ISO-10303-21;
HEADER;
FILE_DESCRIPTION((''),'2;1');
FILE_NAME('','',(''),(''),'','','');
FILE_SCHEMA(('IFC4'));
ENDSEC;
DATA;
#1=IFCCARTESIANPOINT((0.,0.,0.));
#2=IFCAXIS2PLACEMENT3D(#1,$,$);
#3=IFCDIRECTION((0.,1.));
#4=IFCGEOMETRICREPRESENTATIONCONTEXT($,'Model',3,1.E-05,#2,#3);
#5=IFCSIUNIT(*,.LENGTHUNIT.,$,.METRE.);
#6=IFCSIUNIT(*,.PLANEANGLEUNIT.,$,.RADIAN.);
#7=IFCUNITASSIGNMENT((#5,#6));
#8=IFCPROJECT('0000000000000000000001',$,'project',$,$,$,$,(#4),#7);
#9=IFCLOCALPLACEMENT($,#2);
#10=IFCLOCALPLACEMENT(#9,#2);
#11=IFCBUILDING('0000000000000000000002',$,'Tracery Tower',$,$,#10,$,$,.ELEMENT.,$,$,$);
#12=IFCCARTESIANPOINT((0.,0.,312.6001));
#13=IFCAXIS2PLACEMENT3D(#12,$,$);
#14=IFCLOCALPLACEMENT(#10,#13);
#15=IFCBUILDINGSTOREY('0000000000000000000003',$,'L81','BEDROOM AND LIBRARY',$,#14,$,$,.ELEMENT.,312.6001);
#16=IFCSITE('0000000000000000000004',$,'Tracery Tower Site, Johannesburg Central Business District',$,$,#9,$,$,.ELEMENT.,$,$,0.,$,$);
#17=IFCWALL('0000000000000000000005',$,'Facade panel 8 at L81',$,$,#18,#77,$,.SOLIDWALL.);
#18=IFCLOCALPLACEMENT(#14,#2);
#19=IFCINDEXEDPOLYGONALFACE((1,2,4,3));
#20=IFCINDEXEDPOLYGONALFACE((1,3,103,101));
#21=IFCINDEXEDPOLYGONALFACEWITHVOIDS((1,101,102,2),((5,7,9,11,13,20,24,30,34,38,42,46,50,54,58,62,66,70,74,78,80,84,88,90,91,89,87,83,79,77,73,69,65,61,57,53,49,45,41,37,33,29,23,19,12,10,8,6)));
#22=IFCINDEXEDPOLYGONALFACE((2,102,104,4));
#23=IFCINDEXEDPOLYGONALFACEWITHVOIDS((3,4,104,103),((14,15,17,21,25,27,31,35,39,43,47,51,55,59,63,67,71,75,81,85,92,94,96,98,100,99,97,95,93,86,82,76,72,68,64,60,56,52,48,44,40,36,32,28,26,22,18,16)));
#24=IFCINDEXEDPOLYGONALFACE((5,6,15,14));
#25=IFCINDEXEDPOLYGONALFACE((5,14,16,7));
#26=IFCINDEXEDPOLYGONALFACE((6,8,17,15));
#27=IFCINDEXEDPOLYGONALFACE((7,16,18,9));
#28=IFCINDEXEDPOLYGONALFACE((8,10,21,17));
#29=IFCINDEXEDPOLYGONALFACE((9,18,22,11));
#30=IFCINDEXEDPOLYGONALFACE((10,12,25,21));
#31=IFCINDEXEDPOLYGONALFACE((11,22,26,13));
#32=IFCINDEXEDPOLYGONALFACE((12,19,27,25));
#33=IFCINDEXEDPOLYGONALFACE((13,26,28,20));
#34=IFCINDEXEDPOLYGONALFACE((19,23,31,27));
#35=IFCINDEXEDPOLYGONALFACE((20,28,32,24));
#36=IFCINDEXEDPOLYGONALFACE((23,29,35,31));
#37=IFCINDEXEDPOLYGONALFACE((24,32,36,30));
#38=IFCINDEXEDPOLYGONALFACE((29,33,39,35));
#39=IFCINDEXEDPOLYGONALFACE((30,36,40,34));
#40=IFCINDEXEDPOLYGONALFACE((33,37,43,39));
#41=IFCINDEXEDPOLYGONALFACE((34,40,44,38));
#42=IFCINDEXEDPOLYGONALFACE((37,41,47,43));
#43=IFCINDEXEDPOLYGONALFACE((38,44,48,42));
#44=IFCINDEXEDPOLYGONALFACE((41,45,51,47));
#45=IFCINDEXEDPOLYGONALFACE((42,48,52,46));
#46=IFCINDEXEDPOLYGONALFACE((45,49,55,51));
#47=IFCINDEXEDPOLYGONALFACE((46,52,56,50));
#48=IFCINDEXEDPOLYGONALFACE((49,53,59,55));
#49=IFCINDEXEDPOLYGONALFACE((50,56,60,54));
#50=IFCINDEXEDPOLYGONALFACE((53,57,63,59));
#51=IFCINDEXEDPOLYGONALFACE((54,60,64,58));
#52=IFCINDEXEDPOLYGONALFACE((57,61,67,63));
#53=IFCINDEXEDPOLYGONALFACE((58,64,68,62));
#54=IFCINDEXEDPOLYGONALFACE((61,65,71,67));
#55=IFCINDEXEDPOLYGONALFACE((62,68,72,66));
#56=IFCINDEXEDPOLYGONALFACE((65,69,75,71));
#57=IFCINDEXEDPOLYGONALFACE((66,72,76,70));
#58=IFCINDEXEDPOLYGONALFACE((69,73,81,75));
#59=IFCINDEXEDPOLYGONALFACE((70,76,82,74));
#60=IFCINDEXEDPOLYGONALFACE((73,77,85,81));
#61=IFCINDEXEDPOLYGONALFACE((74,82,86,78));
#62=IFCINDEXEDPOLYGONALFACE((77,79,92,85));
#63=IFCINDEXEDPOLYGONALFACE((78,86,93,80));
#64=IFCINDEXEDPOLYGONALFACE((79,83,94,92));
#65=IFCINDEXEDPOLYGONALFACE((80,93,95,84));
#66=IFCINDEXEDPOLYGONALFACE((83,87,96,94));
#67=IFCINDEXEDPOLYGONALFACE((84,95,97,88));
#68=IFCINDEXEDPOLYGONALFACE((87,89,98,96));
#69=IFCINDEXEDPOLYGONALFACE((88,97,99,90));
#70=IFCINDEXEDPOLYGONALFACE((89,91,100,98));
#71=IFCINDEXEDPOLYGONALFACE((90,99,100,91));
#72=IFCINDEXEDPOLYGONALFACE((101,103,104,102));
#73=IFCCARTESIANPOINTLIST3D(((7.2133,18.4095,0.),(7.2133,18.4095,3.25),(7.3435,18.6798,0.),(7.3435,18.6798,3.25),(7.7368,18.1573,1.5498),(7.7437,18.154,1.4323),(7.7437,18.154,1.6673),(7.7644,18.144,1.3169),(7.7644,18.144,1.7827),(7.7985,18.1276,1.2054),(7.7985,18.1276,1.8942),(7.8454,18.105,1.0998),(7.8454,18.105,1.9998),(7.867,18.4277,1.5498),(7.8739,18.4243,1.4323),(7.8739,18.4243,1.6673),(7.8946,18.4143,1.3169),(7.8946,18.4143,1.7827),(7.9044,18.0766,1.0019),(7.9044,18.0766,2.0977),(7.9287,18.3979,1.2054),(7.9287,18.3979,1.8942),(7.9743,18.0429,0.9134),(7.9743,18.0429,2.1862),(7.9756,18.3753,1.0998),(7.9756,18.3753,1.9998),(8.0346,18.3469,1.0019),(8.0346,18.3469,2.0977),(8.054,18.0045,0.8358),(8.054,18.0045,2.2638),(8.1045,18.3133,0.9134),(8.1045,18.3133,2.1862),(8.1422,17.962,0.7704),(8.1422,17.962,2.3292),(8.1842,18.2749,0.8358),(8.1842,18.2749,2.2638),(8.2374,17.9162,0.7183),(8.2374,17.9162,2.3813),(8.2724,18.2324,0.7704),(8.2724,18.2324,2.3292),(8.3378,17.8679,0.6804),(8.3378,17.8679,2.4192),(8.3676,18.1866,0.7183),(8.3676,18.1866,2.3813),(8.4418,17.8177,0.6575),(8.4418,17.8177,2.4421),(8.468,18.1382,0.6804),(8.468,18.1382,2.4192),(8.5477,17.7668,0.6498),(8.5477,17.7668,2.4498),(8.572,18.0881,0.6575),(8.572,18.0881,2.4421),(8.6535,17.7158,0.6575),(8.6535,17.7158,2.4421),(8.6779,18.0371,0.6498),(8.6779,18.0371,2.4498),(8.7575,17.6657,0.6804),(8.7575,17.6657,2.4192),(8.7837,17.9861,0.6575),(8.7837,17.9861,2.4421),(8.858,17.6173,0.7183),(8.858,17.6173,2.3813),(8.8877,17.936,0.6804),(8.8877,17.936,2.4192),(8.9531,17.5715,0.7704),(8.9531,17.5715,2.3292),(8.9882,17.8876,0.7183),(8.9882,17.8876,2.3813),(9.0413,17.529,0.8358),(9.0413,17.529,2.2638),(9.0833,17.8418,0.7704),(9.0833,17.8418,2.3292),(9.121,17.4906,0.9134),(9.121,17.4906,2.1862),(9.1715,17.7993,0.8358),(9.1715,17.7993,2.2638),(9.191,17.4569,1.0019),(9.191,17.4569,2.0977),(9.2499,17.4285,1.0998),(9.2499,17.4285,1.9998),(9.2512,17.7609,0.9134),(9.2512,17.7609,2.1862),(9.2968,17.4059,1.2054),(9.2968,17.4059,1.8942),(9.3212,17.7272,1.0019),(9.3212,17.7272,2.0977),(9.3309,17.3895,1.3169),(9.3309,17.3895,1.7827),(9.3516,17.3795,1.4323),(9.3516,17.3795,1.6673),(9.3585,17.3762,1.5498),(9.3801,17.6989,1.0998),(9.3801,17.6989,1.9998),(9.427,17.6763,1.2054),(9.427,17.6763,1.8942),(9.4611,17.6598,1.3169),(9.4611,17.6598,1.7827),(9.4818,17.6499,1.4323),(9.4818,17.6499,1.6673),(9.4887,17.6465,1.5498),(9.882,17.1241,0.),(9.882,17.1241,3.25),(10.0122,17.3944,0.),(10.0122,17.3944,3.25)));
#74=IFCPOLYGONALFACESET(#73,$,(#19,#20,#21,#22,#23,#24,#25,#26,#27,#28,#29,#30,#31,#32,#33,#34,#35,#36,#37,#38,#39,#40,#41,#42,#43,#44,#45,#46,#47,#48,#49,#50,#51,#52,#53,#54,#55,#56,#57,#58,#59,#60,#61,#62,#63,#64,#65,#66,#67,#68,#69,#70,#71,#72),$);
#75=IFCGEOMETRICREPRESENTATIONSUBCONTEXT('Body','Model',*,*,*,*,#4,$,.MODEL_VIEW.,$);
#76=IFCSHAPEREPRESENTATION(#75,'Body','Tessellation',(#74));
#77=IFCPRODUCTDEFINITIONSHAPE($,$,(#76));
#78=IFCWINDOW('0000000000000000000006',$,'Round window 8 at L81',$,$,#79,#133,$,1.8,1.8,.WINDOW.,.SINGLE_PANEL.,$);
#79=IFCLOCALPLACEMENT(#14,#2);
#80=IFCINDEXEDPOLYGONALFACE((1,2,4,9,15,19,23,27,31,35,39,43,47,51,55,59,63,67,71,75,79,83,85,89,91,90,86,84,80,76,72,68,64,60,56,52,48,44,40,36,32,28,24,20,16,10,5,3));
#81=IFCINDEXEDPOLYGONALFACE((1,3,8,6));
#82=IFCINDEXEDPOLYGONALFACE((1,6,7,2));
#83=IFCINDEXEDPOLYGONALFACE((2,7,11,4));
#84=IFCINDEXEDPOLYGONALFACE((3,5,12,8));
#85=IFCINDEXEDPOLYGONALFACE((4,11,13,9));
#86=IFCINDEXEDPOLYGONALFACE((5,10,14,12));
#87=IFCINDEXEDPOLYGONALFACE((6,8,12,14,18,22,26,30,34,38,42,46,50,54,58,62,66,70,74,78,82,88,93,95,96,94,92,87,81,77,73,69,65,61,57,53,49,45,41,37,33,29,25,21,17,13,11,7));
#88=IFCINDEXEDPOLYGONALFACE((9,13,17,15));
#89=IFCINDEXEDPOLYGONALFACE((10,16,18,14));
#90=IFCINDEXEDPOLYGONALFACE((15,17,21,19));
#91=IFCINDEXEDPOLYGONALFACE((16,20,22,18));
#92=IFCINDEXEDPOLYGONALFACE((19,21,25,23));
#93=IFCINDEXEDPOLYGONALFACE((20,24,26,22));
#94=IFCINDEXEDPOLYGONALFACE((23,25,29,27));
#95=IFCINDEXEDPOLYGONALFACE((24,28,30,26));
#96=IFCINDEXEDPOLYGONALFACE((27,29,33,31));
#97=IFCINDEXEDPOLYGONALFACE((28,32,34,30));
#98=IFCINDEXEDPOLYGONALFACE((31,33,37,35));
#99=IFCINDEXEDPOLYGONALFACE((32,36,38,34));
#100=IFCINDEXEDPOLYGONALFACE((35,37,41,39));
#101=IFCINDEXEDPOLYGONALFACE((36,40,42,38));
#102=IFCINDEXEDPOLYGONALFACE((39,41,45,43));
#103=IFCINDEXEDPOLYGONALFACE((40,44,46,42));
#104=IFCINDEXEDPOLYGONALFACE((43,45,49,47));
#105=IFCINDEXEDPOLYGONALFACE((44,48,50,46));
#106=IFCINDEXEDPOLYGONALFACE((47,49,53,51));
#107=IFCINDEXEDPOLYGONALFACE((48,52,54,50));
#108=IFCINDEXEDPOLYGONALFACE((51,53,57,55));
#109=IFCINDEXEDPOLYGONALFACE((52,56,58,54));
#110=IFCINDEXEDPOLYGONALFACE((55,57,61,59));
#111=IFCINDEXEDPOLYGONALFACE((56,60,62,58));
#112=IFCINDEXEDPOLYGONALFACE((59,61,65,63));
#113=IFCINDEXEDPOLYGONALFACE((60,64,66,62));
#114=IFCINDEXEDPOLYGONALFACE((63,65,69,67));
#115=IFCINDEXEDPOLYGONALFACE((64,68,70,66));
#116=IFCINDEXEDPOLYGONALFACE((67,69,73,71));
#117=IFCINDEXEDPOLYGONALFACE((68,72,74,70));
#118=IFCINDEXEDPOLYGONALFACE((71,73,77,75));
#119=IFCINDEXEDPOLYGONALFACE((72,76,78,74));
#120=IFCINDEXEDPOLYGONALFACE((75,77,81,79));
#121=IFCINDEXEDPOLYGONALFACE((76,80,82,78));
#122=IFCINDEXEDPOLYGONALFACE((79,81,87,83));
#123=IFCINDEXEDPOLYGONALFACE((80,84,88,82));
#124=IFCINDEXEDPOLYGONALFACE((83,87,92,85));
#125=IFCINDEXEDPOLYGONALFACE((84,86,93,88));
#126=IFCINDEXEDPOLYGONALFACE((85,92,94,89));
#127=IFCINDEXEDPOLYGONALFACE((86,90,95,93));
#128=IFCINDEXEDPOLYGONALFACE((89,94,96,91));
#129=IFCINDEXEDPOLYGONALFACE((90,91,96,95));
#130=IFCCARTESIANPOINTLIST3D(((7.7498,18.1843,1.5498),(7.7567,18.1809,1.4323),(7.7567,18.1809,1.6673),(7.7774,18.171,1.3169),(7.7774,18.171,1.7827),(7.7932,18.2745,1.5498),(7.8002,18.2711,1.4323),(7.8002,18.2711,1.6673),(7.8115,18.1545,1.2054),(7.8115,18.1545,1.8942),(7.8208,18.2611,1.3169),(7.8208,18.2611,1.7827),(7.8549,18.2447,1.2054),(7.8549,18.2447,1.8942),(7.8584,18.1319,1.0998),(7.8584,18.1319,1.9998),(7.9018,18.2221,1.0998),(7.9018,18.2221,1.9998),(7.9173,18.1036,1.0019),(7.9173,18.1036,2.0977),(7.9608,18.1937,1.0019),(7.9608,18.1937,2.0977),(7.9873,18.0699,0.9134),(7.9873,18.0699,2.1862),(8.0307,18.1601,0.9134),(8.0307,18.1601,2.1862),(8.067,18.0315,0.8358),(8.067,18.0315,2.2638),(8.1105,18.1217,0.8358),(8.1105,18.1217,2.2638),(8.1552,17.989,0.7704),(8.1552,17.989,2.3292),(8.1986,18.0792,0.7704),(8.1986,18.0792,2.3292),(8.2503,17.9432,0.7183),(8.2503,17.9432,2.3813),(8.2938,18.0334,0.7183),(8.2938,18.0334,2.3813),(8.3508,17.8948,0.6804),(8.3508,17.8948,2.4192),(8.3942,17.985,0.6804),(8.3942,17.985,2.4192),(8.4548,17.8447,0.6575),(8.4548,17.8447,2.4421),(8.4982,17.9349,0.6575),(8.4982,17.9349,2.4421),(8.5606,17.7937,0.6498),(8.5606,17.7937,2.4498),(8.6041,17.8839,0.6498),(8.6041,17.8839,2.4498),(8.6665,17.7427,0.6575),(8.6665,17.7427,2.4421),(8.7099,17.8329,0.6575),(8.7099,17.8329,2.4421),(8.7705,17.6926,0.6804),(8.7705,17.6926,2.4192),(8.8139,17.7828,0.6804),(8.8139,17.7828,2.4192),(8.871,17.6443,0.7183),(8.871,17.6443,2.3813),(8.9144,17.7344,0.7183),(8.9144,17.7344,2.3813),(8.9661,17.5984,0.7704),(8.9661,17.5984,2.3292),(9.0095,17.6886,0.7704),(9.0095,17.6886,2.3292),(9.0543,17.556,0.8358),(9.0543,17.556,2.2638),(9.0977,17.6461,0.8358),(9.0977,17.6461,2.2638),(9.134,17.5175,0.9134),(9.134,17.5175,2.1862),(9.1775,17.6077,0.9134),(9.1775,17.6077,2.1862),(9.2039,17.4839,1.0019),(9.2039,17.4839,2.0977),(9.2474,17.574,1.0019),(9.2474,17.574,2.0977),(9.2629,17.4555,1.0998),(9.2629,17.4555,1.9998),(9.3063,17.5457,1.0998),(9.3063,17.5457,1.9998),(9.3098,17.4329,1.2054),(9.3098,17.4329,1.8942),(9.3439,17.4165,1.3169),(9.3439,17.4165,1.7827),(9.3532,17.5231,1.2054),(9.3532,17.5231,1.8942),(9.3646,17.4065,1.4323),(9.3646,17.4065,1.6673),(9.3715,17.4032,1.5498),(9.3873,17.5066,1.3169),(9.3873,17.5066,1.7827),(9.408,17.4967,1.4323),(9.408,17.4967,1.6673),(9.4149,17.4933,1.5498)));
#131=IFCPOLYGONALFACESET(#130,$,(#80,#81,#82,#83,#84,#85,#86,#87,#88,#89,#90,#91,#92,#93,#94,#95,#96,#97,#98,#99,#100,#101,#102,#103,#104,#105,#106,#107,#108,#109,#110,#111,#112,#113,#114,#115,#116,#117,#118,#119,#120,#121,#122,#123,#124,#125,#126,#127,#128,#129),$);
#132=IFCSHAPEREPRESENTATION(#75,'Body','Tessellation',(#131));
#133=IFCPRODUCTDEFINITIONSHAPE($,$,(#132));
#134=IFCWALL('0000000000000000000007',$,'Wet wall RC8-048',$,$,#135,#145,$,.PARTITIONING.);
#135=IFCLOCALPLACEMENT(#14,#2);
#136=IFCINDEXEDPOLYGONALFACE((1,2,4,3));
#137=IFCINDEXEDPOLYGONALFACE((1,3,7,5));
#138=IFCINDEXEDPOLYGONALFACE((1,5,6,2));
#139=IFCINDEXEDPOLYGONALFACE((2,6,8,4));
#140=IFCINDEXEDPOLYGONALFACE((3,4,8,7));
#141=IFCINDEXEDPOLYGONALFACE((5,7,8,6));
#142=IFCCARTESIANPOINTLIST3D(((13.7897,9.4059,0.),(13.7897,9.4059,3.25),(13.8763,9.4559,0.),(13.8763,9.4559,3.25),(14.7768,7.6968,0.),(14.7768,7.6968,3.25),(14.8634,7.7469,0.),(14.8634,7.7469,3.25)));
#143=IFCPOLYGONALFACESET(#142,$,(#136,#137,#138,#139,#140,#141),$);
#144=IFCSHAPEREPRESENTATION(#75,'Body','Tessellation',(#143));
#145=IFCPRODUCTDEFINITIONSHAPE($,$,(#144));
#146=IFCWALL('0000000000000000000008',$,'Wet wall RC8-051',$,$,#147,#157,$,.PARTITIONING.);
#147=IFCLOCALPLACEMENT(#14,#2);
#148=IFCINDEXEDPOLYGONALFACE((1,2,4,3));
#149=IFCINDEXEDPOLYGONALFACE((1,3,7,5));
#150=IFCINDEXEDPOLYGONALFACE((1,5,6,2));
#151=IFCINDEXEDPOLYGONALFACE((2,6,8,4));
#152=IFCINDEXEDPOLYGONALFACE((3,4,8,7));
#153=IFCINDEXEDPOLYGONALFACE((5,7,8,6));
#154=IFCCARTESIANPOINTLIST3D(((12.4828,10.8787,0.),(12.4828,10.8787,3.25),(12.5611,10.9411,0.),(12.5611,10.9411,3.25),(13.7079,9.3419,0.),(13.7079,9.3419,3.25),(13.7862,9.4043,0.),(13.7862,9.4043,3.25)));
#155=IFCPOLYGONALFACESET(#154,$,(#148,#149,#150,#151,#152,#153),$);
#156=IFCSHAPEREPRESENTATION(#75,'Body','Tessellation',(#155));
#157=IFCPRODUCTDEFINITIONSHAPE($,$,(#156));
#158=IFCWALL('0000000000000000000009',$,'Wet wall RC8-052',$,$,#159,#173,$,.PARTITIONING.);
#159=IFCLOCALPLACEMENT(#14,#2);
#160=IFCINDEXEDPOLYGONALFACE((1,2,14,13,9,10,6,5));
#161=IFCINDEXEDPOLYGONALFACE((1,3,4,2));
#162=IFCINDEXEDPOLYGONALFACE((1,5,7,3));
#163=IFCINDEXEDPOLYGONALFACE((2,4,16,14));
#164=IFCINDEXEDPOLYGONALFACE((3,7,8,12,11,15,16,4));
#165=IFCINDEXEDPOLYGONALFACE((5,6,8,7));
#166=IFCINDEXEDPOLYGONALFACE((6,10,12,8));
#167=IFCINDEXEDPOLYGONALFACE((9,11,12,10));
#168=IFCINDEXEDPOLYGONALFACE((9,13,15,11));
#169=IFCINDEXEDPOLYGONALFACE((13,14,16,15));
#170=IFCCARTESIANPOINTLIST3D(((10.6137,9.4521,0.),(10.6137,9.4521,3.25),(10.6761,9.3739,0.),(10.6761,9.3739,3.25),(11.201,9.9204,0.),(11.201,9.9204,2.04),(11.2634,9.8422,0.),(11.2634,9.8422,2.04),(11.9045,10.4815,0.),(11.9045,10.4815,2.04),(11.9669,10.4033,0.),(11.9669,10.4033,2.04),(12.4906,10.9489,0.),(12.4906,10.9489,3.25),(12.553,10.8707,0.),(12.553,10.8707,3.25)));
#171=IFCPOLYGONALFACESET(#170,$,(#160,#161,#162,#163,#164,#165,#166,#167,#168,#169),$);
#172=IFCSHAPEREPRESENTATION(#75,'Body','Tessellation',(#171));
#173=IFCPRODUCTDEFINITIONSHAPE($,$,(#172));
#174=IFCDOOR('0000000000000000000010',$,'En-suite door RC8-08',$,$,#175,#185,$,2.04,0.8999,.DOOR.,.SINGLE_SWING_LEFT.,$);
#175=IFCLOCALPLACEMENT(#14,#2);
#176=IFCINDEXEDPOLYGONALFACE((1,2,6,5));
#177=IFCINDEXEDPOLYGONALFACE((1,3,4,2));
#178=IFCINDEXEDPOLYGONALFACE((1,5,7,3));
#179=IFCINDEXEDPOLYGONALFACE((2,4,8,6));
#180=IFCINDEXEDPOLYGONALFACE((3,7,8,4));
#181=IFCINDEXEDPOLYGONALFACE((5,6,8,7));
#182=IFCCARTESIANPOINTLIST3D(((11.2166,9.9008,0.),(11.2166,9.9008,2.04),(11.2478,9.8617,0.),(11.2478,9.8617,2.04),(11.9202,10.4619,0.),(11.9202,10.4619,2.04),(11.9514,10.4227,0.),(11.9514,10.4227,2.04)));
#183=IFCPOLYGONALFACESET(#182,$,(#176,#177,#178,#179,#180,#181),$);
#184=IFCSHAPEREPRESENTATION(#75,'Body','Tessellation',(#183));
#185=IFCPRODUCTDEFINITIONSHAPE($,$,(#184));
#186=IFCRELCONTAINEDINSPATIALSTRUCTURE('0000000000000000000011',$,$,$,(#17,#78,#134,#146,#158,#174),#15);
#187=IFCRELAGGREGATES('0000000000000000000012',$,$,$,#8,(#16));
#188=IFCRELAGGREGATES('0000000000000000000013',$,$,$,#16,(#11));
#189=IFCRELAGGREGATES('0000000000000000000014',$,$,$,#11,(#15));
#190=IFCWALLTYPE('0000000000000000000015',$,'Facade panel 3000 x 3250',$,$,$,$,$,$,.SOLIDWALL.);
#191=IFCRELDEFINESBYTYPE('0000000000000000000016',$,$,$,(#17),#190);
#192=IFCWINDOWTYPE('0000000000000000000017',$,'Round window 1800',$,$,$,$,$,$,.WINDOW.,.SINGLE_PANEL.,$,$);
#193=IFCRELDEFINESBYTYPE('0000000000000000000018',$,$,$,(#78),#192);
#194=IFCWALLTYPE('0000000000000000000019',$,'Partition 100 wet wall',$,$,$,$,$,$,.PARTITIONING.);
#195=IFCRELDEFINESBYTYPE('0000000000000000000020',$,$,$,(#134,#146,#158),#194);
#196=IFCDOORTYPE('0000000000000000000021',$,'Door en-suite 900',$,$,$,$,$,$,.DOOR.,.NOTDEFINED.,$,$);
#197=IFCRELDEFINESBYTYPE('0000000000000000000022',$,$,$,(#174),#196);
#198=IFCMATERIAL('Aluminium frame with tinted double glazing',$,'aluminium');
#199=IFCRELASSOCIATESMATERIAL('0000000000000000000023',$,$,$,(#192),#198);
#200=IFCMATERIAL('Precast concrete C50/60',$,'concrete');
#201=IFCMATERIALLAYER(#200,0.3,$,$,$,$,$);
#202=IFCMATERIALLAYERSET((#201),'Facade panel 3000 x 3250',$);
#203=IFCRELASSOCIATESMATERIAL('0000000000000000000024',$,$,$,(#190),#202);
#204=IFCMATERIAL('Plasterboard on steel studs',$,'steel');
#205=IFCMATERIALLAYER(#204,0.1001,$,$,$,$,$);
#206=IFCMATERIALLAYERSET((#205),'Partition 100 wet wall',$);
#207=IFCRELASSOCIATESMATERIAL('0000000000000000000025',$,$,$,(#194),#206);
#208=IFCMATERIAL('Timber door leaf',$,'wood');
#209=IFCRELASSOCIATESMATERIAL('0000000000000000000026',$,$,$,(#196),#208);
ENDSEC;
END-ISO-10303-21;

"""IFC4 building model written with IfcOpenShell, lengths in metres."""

from ifc_helpers import new_model, si_unit, direction, frame, frame_2d, origin, origin_2d, place, context, subcontext, project, spatial, rectangle, circle, extrude, material, layer, layer_set, type_object, element, fill, save


model = new_model("IFC4")

# Units and contexts
model_context = context("Model", 3, precision=1e-05, world=origin(), true_north=direction((0.0, 1.0)))
body_context = subcontext(model_context, "Body", "Model", "MODEL_VIEW")
ifc_project = project(units=[si_unit("LENGTHUNIT", "METRE"), si_unit("PLANEANGLEUNIT", "RADIAN")], contexts=[model_context])

# Site, building, storey
site_placement = place(None, origin())
site = spatial("IfcSite", under=ifc_project, at=site_placement, Name="Tracery Tower Site, Johannesburg Central Business District", CompositionType="ELEMENT", RefElevation=0.0)
building_placement = place(site_placement, origin())
building = spatial("IfcBuilding", under=site, at=building_placement, Name="Tracery Tower", CompositionType="ELEMENT")
storey_placement = place(building_placement, frame((0.0, 0.0, 312.6001)))
storey = spatial("IfcBuildingStorey", under=building, at=storey_placement, Name="L81", Description="BEDROOM AND LIBRARY", CompositionType="ELEMENT", Elevation=312.6001)

# Wall, opening, window
ifc_material_1 = material(Name="Aluminium frame with tinted double glazing", Category="aluminium")
window_type = type_object("IfcWindowType", Name="Round window 1800", PartitioningType="SINGLE_PANEL", PredefinedType="WINDOW", material=ifc_material_1)
ifc_material_2 = material(Name="Precast concrete C50/60", Category="concrete")
ifc_layer_1 = layer(ifc_material_2, 0.3)
ifc_layer_set_1 = layer_set([ifc_layer_1], Name="Facade panel 3000 x 3250")
wall_type_1 = type_object("IfcWallType", Name="Facade panel 3000 x 3250", PredefinedType="SOLIDWALL", material=ifc_layer_set_1)
wall_1_placement = place(storey_placement, frame((9.947, 17.2593, 0.0), z_axis=(0.0, 0.0, 1.0), x_axis=(-0.90094, 0.433944, 0.0)))
wall_1 = element("IfcWall", 1, at=wall_1_placement, inside=storey, type_object=wall_type_1, Name="Facade panel 8 at L81", PredefinedType="SOLIDWALL", context=body_context, shape_type="SweptSolid", body=[
    extrude(rectangle(XDim=2.9622, YDim=0.3, at=frame_2d((1.481, 0.0))), origin(), (0.0, 0.0, 1.0), 3.25),
])
opening_1_placement = place(wall_1_placement, frame((1.481, 0.0, 1.5498)))
opening_1 = element("IfcOpeningElement", 2, at=opening_1_placement, cuts=wall_1, PredefinedType="OPENING", context=body_context, shape_type="SweptSolid", body=[
    extrude(circle(Radius=0.9, at=origin_2d()), frame((0.0, 0.1599, 0.0), z_axis=(0.0, -1.0, 0.0), x_axis=(1.0, 0.0, 0.0)), (0.0, 0.0, 1.0), 0.3201),
])
window_1_placement = place(opening_1_placement, origin())
window_1 = element("IfcWindow", 3, at=window_1_placement, inside=storey, type_object=window_type, Name="Round window 8 at L81", OverallHeight=1.8, OverallWidth=1.8, PartitioningType="SINGLE_PANEL", PredefinedType="WINDOW", context=body_context, shape_type="SweptSolid", body=[
    extrude(circle(Radius=0.9, at=origin_2d()), frame((0.0, 0.1201, 0.0), z_axis=(0.0, -1.0, 0.0), x_axis=(1.0, 0.0, 0.0)), (0.0, 0.0, 1.0), 0.1001),
])
fill(opening_1, window_1)

# Walls
ifc_material_3 = material(Name="Plasterboard on steel studs", Category="steel")
ifc_layer_2 = layer(ifc_material_3, 0.1001)
ifc_layer_set_2 = layer_set([ifc_layer_2], Name="Partition 100 wet wall")
wall_type_2 = type_object("IfcWallType", Name="Partition 100 wet wall", PredefinedType="PARTITIONING", material=ifc_layer_set_2)
wall_2_placement = place(storey_placement, frame((13.833, 9.4309, 0.0), z_axis=(0.0, 0.0, 1.0), x_axis=(0.500144, -0.865942, 0.0)))
element("IfcWall", 4, at=wall_2_placement, inside=storey, type_object=wall_type_2, Name="Wet wall RC8-048", PredefinedType="PARTITIONING", context=body_context, shape_type="SweptSolid", body=[
    extrude(rectangle(XDim=1.9736, YDim=0.1001, at=frame_2d((0.9868, 0.0))), origin(), (0.0, 0.0, 1.0), 3.25),
])
wall_3_placement = place(storey_placement, frame((12.522, 10.9099, 0.0), z_axis=(0.0, 0.0, 1.0), x_axis=(0.623331, -0.781958, 0.0)))
element("IfcWall", 5, at=wall_3_placement, inside=storey, type_object=wall_type_2, Name="Wet wall RC8-051", PredefinedType="PARTITIONING", context=body_context, shape_type="SweptSolid", body=[
    extrude(rectangle(XDim=1.9653, YDim=0.1001, at=frame_2d((0.9827, 0.0))), origin(), (0.0, 0.0, 1.0), 3.25),
])

# Wall, opening, door
wall_4_placement = place(storey_placement, frame((10.645, 9.4131, 0.0), z_axis=(0.0, 0.0, 1.0), x_axis=(0.78183, 0.623491, 0.0)))
wall_4 = element("IfcWall", 6, at=wall_4_placement, inside=storey, type_object=wall_type_2, Name="Wet wall RC8-052", PredefinedType="PARTITIONING", context=body_context, shape_type="SweptSolid", body=[
    extrude(rectangle(XDim=2.4006, YDim=0.1001, at=frame_2d((1.2002, 0.0))), origin(), (0.0, 0.0, 1.0), 3.25),
])
opening_2_placement = place(wall_4_placement, frame((0.751, 0.0, 0.0)))
opening_2 = element("IfcOpeningElement", 7, at=opening_2_placement, cuts=wall_4, PredefinedType="OPENING", context=body_context, shape_type="SweptSolid", body=[
    extrude(rectangle(XDim=0.8999, YDim=2.04, at=frame_2d((0.45, 1.02))), frame((0.0, 0.05, 0.0), z_axis=(0.0, -1.0, 0.0), x_axis=(1.0, 0.0, 0.0)), (0.0, 0.0, 1.0), 0.1001),
])
ifc_material_4 = material(Name="Timber door leaf", Category="wood")
door_type = type_object("IfcDoorType", Name="Door en-suite 900", OperationType="NOTDEFINED", PredefinedType="DOOR", material=ifc_material_4)
door_placement = place(opening_2_placement, origin())
door = element("IfcDoor", 8, at=door_placement, inside=storey, type_object=door_type, Name="En-suite door RC8-08", OperationType="SINGLE_SWING_LEFT", OverallHeight=2.04, OverallWidth=0.8999, PredefinedType="DOOR", context=body_context, shape_type="SweptSolid", body=[
    extrude(rectangle(XDim=0.8999, YDim=2.04, at=frame_2d((0.45, 1.02))), frame((0.0, 0.0249, 0.0), z_axis=(0.0, -1.0, 0.0), x_axis=(1.0, 0.0, 0.0)), (0.0, 0.0, 1.0), 0.05),
])
fill(opening_2, door)

save(model, "model.ifc")
